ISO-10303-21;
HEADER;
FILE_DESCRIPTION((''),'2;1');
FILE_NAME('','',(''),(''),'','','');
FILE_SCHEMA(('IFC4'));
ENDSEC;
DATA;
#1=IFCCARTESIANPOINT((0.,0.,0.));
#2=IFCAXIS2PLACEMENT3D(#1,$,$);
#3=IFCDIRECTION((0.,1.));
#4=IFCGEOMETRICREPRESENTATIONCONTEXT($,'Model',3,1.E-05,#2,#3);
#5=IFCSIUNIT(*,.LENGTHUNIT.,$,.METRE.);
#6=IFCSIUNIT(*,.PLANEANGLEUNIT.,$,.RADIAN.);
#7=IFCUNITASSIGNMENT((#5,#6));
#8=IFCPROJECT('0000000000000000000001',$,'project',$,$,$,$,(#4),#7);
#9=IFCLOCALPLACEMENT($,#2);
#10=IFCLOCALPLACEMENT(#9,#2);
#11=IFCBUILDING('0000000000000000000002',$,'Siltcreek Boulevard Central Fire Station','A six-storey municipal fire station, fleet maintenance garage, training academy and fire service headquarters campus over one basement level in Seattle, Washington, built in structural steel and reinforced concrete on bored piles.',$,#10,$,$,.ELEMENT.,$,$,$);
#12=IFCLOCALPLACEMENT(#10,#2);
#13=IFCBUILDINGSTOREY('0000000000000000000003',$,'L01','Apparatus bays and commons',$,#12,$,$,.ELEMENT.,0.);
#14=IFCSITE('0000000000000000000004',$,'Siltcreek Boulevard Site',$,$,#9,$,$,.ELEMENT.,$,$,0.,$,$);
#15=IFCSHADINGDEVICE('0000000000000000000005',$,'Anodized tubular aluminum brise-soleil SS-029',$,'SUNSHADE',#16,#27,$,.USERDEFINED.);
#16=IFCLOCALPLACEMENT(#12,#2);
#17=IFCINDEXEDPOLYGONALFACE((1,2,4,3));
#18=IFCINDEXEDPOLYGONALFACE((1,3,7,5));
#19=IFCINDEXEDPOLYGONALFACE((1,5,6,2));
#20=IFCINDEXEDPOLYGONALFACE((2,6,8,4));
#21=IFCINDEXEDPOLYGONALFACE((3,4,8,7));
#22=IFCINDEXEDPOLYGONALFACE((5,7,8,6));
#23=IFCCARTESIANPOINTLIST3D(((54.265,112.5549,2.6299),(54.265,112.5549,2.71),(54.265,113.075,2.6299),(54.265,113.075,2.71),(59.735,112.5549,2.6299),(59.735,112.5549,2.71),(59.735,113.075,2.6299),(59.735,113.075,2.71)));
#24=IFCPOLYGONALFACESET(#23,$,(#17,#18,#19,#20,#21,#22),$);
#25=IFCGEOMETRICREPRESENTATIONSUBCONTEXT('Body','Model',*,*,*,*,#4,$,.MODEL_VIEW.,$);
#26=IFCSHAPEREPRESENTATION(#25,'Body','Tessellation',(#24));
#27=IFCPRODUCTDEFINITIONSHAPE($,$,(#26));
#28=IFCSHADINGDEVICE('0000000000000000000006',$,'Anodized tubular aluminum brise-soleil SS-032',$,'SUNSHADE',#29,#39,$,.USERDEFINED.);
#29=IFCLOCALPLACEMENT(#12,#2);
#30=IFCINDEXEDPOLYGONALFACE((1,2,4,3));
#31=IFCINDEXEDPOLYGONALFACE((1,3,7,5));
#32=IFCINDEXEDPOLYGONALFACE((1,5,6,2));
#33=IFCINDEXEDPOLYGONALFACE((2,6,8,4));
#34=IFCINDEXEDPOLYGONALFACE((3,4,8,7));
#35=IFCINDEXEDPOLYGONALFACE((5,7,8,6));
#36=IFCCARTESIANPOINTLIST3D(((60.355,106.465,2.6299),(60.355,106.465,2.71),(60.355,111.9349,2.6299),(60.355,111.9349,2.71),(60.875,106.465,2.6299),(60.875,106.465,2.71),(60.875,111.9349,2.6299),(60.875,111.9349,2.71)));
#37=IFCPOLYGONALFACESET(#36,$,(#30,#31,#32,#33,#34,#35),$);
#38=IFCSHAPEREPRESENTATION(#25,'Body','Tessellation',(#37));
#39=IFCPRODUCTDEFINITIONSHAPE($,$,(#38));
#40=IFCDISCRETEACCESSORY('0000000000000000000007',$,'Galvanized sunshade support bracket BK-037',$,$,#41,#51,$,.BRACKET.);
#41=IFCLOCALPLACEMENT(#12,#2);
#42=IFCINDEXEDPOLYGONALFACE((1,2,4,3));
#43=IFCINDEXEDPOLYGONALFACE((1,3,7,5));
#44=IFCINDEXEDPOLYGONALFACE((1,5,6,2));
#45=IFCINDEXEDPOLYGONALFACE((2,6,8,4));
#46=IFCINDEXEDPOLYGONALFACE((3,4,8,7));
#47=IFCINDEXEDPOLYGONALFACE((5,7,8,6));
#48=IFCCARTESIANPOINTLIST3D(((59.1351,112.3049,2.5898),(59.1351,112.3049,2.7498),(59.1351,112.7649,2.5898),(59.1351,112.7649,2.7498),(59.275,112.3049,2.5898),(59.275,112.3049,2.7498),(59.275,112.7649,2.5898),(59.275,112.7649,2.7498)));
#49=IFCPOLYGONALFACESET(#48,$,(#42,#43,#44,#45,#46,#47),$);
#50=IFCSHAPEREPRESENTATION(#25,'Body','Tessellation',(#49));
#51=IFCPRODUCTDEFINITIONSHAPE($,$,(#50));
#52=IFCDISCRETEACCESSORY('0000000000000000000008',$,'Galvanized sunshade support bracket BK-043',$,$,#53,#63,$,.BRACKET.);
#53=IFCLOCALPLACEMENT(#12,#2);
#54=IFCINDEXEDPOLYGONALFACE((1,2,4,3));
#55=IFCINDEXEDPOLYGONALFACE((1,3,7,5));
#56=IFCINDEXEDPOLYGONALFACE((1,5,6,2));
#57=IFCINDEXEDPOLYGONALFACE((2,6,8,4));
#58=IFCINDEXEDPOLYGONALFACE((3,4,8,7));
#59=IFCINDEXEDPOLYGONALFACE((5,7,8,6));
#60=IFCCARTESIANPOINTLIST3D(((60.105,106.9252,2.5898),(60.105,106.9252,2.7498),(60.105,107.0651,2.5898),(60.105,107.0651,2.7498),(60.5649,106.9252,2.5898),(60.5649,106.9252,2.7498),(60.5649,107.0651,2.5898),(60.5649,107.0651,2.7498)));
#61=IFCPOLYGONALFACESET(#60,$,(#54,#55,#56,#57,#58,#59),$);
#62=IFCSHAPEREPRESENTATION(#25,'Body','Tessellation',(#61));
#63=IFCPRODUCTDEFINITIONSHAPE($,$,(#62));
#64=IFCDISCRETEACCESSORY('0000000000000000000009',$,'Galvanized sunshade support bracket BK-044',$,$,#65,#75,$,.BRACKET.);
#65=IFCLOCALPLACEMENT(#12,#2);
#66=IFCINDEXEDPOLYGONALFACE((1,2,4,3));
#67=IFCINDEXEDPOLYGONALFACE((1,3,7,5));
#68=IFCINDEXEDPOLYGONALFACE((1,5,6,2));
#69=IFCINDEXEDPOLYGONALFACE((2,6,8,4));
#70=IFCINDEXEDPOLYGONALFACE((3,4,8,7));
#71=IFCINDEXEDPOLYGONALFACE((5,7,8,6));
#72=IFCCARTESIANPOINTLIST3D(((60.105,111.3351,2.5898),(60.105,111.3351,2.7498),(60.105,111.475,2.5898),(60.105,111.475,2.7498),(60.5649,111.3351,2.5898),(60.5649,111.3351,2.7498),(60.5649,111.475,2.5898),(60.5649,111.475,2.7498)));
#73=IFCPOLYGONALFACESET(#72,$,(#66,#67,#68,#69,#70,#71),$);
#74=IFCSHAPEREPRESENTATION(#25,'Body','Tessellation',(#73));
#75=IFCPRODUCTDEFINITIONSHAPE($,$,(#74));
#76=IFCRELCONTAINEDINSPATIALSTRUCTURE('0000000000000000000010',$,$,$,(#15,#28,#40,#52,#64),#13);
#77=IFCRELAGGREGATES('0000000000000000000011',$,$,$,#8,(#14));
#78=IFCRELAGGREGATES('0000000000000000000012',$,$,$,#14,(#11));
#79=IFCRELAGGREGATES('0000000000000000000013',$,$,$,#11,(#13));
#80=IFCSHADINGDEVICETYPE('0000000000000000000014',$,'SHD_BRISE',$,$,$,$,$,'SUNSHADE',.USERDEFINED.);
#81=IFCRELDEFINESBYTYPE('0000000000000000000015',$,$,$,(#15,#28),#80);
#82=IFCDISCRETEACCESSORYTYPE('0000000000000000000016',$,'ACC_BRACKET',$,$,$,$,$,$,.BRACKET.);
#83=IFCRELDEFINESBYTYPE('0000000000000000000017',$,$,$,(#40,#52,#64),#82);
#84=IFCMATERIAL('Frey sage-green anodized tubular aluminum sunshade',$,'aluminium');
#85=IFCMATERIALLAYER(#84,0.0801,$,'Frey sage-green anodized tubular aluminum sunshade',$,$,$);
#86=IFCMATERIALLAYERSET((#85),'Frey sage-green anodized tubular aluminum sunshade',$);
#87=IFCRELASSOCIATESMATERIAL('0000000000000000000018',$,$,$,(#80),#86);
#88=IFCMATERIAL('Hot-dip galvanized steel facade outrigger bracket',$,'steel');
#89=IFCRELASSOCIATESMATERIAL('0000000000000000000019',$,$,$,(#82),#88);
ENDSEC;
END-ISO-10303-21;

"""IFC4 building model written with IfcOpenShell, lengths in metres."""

from ifc_helpers import new_model, si_unit, direction, frame, origin, origin_2d, place, context, subcontext, project, spatial, rectangle, extrude, material, layer, layer_set, type_object, element, save


model = new_model("IFC4")

# Units and contexts
model_context = context("Model", 3, precision=1e-05, world=origin(), true_north=direction((0.0, 1.0)))
body_context = subcontext(model_context, "Body", "Model", "MODEL_VIEW")
ifc_project = project(units=[si_unit("LENGTHUNIT", "METRE"), si_unit("PLANEANGLEUNIT", "RADIAN")], contexts=[model_context])

# Site, building, storey
site_placement = place(None, origin())
site = spatial("IfcSite", under=ifc_project, at=site_placement, Name="Siltcreek Boulevard Site", CompositionType="ELEMENT", RefElevation=0.0)
building_placement = place(site_placement, origin())
building = spatial("IfcBuilding", under=site, at=building_placement, Name="Siltcreek Boulevard Central Fire Station", Description="A six-storey municipal fire station, fleet maintenance garage, training academy and fire service headquarters campus over one basement level in Seattle, Washington, built in structural steel and reinforced concrete on bored piles.", CompositionType="ELEMENT")
storey_placement = place(building_placement, origin())
storey = spatial("IfcBuildingStorey", under=building, at=storey_placement, Name="L01", Description="Apparatus bays and commons", CompositionType="ELEMENT", Elevation=0.0)

# Shading devices
ifc_material_1 = material(Name="Frey sage-green anodized tubular aluminum sunshade", Category="aluminium")
ifc_layer_1 = layer(ifc_material_1, 0.0801, Name="Frey sage-green anodized tubular aluminum sunshade")
ifc_layer_set_1 = layer_set([ifc_layer_1], Name="Frey sage-green anodized tubular aluminum sunshade")
shading_device_type = type_object("IfcShadingDeviceType", Name="SHD_BRISE", ElementType="SUNSHADE", PredefinedType="USERDEFINED", material=ifc_layer_set_1)
for number, where, z_axis, x_axis, name in (
    (1, (57.0, 112.8149, 2.6299), (0.0, 0.0, 1.0), (-1.0, 0.0, 0.0), "Anodized tubular aluminum brise-soleil SS-029"),
    (2, (60.615, 109.2, 2.6299), (0.0, 0.0, 1.0), (0.0, 1.0, 0.0), "Anodized tubular aluminum brise-soleil SS-032"),
):
    element("IfcShadingDevice", number, at=place(storey_placement, frame(where, z_axis=z_axis, x_axis=x_axis)), inside=storey, type_object=shading_device_type, Name=name, ObjectType="SUNSHADE", PredefinedType="USERDEFINED", context=body_context, shape_type="SweptSolid", body=[
        extrude(rectangle(XDim=5.47, YDim=0.52, at=origin_2d()), origin(), (0.0, 0.0, 1.0), 0.0801),
    ])

# Discrete accessories
ifc_material_2 = material(Name="Hot-dip galvanized steel facade outrigger bracket", Category="steel")
discrete_accessory_type = type_object("IfcDiscreteAccessoryType", Name="ACC_BRACKET", PredefinedType="BRACKET", material=ifc_material_2)
for number, where, z_axis, x_axis, name in (
    (3, (59.2051, 112.5349, 2.5898), (0.0, 0.0, 1.0), (-1.0, 0.0, 0.0), "Galvanized sunshade support bracket BK-037"),
    (4, (60.335, 106.9951, 2.5898), (0.0, 0.0, 1.0), (0.0, 1.0, 0.0), "Galvanized sunshade support bracket BK-043"),
    (5, (60.335, 111.405, 2.5898), (0.0, 0.0, 1.0), (0.0, 1.0, 0.0), "Galvanized sunshade support bracket BK-044"),
):
    element("IfcDiscreteAccessory", number, at=place(storey_placement, frame(where, z_axis=z_axis, x_axis=x_axis)), inside=storey, type_object=discrete_accessory_type, Name=name, PredefinedType="BRACKET", context=body_context, shape_type="SweptSolid", body=[
        extrude(rectangle(XDim=0.1399, YDim=0.46, at=origin_2d()), origin(), (0.0, 0.0, 1.0), 0.1599),
    ])

save(model, "model.ifc")
